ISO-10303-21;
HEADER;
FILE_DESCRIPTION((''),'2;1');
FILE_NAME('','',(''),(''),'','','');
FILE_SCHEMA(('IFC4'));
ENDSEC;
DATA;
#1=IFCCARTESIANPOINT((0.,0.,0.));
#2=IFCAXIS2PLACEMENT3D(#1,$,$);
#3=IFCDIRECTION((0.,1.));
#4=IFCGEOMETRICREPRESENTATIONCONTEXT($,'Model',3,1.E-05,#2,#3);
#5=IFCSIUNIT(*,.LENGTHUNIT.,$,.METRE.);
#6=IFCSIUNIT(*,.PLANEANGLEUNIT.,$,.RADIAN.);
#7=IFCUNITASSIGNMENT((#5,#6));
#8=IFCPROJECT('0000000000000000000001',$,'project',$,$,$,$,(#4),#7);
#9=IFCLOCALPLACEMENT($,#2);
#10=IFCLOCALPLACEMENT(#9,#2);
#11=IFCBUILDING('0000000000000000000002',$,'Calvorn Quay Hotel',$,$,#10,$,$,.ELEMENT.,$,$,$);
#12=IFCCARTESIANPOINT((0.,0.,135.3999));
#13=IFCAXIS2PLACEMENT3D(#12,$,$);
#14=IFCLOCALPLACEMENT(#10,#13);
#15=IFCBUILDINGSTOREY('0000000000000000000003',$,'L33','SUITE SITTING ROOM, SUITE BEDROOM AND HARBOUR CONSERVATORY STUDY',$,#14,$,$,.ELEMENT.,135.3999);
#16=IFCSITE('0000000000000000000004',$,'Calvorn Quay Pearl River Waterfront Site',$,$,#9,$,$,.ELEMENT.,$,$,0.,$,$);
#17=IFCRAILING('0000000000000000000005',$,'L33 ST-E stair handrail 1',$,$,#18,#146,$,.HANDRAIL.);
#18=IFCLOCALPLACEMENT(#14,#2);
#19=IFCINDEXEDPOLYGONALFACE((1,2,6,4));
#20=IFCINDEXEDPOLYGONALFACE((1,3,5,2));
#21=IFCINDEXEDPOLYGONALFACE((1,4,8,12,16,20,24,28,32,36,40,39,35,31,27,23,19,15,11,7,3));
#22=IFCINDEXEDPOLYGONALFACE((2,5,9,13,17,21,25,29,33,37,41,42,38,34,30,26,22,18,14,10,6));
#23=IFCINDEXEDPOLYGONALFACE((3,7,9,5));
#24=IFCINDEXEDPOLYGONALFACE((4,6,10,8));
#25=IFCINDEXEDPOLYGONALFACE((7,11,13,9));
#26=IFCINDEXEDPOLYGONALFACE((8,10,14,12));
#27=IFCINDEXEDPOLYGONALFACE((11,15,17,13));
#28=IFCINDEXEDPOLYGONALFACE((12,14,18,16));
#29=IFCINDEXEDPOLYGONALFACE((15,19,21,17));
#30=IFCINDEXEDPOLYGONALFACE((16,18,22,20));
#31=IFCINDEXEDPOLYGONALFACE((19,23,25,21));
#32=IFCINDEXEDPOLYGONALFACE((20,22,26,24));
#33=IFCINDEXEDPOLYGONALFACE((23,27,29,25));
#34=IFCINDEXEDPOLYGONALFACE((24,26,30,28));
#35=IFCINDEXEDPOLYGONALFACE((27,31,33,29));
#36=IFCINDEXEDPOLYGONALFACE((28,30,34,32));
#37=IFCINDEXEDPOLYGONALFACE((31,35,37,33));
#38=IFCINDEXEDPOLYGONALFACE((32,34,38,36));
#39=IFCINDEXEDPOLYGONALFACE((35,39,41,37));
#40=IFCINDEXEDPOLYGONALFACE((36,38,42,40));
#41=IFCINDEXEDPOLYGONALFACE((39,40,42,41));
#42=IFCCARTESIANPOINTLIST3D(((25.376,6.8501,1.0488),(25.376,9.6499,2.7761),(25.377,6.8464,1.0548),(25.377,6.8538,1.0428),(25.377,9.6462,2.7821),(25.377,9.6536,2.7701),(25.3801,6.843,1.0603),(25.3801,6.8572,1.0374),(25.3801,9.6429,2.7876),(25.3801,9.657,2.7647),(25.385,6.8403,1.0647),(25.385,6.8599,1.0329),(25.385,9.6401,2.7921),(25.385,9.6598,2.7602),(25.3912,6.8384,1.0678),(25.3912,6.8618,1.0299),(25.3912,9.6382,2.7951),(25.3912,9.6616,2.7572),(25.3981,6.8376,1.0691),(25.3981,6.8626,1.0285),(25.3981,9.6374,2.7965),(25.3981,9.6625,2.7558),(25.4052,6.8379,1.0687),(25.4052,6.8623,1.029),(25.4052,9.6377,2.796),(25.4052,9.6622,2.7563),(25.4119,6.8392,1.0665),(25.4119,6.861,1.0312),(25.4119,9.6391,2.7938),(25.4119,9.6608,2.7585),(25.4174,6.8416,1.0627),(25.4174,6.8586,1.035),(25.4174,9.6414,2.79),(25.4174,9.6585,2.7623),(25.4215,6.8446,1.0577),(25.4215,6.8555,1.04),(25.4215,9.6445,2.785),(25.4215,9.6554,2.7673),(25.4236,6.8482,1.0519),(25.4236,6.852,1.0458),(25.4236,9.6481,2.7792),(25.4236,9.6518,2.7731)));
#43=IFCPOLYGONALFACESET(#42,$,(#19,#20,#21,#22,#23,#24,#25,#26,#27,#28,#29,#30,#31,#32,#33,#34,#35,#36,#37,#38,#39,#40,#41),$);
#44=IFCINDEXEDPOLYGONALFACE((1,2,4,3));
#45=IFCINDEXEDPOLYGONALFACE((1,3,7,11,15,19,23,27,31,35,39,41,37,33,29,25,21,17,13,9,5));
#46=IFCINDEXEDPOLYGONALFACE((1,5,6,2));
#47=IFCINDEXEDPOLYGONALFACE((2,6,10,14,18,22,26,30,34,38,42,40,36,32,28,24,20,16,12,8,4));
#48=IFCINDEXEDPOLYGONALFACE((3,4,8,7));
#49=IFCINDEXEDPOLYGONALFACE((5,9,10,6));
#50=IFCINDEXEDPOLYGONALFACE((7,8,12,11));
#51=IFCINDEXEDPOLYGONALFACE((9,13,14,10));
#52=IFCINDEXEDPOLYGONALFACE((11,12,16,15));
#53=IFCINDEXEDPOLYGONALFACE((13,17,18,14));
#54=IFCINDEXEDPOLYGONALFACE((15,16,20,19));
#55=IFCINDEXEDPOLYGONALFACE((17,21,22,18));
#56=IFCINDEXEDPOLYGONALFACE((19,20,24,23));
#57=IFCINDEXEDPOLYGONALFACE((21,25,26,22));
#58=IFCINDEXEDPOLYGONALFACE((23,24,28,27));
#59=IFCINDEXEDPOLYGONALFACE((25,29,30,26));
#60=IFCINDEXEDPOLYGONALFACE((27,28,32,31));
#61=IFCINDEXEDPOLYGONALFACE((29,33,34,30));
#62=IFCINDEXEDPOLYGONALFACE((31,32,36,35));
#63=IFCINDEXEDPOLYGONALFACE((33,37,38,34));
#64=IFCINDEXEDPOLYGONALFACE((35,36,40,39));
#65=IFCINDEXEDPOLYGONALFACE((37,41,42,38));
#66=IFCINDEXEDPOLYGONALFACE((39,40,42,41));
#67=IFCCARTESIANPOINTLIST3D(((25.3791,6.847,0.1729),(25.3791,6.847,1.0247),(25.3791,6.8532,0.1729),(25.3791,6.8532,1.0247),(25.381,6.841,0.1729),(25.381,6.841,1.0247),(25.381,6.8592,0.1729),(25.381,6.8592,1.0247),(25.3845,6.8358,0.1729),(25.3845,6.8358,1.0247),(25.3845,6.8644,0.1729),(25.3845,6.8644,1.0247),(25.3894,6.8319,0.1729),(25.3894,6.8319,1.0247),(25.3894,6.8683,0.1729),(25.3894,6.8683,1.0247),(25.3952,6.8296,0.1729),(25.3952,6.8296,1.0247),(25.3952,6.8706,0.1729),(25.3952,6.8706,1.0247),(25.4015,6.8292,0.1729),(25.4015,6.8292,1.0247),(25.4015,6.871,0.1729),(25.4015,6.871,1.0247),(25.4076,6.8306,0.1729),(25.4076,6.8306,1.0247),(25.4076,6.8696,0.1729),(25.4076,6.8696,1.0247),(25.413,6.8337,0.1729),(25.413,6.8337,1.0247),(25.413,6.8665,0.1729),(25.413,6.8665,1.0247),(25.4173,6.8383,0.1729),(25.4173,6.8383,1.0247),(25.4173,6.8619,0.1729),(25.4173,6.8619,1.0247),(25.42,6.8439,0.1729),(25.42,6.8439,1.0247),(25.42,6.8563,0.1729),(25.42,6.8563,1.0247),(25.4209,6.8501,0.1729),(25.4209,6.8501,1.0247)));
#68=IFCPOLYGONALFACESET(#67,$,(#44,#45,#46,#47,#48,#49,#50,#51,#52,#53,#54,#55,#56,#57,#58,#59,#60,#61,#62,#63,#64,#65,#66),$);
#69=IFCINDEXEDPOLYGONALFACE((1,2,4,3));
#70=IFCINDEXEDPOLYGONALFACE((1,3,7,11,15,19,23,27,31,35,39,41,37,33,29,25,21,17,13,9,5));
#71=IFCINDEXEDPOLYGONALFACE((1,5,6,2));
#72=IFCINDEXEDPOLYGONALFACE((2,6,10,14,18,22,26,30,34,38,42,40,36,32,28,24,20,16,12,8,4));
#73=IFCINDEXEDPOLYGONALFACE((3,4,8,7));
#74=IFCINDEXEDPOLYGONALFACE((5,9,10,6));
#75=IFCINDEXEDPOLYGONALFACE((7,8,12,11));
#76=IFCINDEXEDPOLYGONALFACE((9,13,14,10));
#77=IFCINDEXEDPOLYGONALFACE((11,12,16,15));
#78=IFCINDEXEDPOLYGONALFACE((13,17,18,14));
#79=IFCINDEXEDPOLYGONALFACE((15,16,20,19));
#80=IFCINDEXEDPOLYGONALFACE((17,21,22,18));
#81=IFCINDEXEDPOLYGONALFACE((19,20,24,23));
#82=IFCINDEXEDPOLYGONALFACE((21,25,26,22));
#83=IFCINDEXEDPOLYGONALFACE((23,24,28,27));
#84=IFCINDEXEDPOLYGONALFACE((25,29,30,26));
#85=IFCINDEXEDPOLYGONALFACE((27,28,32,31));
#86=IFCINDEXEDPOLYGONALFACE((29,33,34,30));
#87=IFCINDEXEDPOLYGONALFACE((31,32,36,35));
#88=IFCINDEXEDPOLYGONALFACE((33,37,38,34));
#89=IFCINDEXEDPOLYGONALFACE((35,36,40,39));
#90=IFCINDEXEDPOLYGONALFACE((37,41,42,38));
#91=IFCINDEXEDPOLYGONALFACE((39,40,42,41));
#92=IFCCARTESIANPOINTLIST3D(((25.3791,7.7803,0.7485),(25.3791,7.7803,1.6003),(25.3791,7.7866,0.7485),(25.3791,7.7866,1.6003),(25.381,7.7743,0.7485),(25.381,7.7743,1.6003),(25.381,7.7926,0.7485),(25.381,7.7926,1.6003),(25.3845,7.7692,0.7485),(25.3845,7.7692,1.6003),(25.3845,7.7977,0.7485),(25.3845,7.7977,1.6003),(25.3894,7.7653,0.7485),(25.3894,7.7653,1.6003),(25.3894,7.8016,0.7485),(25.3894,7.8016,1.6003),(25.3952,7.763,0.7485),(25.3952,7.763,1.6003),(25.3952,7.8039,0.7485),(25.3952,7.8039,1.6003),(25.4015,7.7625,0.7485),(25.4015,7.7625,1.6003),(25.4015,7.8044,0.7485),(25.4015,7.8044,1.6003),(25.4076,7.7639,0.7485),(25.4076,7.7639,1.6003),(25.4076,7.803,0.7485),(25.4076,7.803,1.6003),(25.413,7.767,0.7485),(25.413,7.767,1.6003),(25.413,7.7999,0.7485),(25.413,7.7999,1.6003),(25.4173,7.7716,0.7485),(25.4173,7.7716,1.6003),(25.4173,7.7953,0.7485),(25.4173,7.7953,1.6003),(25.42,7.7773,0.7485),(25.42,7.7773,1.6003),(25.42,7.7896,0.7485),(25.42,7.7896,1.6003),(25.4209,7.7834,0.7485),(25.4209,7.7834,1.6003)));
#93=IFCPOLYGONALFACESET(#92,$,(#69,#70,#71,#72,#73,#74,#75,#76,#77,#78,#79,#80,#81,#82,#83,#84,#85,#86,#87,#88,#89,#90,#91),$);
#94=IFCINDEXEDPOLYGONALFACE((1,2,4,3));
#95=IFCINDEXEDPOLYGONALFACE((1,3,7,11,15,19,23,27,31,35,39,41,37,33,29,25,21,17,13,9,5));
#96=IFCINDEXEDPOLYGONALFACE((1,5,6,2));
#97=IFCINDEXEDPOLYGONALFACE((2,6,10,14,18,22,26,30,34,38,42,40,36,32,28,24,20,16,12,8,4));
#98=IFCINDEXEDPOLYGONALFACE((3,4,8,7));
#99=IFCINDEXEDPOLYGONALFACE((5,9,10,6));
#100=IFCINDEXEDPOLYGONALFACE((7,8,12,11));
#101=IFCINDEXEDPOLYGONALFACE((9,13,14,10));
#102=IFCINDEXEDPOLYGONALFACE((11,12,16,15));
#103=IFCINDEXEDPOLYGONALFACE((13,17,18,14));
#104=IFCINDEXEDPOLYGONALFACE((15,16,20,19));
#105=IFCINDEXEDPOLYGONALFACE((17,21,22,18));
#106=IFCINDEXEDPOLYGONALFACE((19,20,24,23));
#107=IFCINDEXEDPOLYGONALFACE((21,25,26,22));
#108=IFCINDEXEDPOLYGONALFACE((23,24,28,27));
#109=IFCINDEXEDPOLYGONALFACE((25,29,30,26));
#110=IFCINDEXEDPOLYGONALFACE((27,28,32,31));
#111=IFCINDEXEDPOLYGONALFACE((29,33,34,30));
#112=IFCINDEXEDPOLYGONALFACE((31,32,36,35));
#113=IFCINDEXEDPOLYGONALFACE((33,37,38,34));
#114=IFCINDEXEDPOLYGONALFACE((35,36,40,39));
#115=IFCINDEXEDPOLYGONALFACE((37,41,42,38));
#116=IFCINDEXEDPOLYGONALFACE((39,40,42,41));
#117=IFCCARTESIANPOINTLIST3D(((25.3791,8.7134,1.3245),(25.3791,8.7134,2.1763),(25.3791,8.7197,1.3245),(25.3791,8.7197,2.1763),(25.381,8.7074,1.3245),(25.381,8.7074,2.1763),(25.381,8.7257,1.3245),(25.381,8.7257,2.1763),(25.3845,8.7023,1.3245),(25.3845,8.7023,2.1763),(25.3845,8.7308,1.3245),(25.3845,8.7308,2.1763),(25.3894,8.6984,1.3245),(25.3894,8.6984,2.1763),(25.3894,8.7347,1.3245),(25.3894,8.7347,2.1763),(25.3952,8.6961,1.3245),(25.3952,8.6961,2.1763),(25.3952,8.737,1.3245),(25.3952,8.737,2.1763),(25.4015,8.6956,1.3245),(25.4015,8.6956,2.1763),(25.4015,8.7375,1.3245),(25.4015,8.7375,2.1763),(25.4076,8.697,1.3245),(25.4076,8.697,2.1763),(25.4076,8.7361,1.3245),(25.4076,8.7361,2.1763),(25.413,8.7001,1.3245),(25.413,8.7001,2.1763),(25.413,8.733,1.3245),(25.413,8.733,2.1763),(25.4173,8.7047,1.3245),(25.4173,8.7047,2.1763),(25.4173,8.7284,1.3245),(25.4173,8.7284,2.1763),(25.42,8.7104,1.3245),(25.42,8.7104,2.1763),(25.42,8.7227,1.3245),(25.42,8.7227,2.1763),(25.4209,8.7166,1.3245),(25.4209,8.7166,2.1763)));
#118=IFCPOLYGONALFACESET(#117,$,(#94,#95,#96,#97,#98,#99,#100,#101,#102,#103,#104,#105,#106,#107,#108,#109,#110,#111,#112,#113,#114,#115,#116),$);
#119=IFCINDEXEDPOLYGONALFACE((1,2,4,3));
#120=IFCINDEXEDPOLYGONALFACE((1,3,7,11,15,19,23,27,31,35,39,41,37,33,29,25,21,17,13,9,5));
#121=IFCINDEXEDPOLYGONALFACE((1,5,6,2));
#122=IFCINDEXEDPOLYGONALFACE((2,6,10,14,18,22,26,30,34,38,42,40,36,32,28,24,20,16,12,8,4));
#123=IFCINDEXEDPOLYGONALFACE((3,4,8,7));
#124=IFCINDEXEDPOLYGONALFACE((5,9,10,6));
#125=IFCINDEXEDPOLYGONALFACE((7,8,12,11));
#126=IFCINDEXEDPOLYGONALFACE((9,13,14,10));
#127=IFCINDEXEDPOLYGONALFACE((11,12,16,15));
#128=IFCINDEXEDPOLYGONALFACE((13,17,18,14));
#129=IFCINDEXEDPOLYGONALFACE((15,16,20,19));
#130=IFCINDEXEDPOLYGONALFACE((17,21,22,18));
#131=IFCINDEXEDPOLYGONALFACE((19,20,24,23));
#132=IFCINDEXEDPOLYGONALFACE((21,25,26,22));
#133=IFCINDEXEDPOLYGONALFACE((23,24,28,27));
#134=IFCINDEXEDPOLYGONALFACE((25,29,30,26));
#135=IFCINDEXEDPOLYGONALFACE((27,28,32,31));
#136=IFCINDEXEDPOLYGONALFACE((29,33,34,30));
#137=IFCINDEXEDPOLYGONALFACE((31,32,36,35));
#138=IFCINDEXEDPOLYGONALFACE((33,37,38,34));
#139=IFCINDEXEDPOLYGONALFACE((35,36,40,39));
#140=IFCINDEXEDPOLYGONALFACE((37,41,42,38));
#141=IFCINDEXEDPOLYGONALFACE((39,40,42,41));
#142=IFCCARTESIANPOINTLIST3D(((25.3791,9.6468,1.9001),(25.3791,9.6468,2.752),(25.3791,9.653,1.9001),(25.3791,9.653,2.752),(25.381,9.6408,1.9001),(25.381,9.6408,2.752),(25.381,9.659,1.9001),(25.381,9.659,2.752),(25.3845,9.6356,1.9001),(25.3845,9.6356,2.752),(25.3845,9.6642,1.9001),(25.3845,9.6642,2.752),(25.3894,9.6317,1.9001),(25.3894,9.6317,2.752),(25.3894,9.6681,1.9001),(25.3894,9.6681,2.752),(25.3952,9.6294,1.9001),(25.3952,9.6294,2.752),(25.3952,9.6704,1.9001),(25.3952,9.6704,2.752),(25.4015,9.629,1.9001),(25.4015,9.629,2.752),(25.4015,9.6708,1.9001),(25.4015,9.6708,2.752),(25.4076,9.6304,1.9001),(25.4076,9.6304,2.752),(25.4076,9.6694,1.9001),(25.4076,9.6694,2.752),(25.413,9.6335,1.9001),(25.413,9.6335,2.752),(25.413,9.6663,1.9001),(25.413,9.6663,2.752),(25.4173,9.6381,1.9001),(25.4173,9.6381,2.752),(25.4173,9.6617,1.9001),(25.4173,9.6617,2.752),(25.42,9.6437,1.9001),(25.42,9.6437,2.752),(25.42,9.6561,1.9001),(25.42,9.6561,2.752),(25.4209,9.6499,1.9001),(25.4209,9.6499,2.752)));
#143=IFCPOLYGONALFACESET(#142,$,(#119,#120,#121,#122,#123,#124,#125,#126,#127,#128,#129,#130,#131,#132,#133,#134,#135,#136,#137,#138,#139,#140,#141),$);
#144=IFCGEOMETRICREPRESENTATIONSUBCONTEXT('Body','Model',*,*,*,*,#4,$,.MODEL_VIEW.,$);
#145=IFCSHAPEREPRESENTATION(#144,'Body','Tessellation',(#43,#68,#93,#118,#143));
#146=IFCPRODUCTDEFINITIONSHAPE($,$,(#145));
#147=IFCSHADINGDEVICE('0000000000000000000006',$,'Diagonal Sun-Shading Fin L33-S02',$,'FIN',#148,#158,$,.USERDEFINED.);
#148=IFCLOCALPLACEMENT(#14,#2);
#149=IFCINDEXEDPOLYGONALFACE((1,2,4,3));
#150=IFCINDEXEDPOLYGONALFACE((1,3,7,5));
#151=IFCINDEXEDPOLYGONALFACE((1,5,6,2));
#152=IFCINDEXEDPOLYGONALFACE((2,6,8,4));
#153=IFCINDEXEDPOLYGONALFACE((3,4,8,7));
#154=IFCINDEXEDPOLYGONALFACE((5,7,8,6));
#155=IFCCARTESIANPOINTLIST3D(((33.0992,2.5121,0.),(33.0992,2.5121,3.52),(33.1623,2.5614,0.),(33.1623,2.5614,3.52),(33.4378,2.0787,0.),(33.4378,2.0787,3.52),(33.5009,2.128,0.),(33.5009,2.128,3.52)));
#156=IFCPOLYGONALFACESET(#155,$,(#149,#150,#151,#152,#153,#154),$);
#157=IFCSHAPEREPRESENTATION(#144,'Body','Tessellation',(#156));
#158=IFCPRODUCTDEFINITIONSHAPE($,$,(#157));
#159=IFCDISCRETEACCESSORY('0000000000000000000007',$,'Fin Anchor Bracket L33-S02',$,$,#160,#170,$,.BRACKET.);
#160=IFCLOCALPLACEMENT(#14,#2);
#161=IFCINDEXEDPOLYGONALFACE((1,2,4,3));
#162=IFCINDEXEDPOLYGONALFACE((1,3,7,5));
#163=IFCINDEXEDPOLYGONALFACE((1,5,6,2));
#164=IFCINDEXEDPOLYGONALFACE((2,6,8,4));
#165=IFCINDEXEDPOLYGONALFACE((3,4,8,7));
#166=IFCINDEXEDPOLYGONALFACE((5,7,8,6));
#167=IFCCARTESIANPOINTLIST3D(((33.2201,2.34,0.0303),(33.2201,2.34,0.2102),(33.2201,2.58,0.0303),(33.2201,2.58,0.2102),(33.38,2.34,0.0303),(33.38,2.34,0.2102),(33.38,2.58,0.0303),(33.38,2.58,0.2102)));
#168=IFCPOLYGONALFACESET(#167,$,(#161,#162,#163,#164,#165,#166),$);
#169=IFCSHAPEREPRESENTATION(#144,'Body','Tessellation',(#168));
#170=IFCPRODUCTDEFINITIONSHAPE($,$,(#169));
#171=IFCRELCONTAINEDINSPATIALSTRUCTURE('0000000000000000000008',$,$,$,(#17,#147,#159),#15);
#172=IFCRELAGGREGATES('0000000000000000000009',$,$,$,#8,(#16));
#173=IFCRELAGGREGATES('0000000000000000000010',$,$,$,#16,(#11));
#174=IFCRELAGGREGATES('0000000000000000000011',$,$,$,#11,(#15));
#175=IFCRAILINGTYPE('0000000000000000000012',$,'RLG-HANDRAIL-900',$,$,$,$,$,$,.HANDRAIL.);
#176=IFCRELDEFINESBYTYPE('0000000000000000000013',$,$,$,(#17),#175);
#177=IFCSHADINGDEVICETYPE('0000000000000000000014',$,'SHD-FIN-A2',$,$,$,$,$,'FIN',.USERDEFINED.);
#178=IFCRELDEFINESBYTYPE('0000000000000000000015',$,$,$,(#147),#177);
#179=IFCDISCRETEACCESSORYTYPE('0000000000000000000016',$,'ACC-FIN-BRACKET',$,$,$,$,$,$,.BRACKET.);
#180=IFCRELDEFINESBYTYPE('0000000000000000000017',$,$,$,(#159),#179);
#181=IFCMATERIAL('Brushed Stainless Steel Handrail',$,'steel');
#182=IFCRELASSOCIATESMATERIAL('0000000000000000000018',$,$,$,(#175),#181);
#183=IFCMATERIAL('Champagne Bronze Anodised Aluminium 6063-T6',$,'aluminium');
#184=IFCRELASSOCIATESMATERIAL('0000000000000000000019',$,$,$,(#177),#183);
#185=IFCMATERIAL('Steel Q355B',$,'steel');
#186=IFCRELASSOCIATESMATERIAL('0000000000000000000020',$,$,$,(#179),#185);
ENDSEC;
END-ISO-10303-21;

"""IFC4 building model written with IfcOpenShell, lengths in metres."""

from ifc_helpers import new_model, si_unit, direction, frame, origin, origin_2d, place, context, subcontext, project, spatial, rectangle, circle, extrude, material, type_object, element, save


model = new_model("IFC4")

# Units and contexts
model_context = context("Model", 3, precision=1e-05, world=origin(), true_north=direction((0.0, 1.0)))
body_context = subcontext(model_context, "Body", "Model", "MODEL_VIEW")
ifc_project = project(units=[si_unit("LENGTHUNIT", "METRE"), si_unit("PLANEANGLEUNIT", "RADIAN")], contexts=[model_context])

# Site, building, storey
site_placement = place(None, origin())
site = spatial("IfcSite", under=ifc_project, at=site_placement, Name="Calvorn Quay Pearl River Waterfront Site", CompositionType="ELEMENT", RefElevation=0.0)
building_placement = place(site_placement, origin())
building = spatial("IfcBuilding", under=site, at=building_placement, Name="Calvorn Quay Hotel", CompositionType="ELEMENT")
storey_placement = place(building_placement, frame((0.0, 0.0, 135.3999)))
storey = spatial("IfcBuildingStorey", under=building, at=storey_placement, Name="L33", Description="SUITE SITTING ROOM, SUITE BEDROOM AND HARBOUR CONSERVATORY STUDY", CompositionType="ELEMENT", Elevation=135.3999)

# Railing
ifc_material_1 = material(Name="Brushed Stainless Steel Handrail", Category="steel")
railing_type = type_object("IfcRailingType", Name="RLG-HANDRAIL-900", PredefinedType="HANDRAIL", material=ifc_material_1)
railing_placement = place(storey_placement, frame((25.3999, 6.8501, 0.1729)))
element("IfcRailing", 1, at=railing_placement, inside=storey, type_object=railing_type, Name="L33 ST-E stair handrail 1", PredefinedType="HANDRAIL", context=body_context, shape_type="SweptSolid", body=[
    extrude(circle(Radius=0.0239, at=origin_2d()), frame((0.0, 0.0, 0.876), z_axis=(0.0, 0.851069, 0.525054), x_axis=(-1.0, 0.0, 0.0)), (0.0, 0.0, 1.0), 3.2898),
    extrude(circle(Radius=0.021, at=origin_2d()), origin(), (0.0, 0.0, 1.0), 0.8518),
    extrude(circle(Radius=0.021, at=origin_2d()), frame((0.0, 0.9333, 0.5757)), (0.0, 0.0, 1.0), 0.8518),
    extrude(circle(Radius=0.021, at=origin_2d()), frame((0.0, 1.8665, 1.1516)), (0.0, 0.0, 1.0), 0.8518),
    extrude(circle(Radius=0.021, at=origin_2d()), frame((0.0, 2.7998, 1.7273)), (0.0, 0.0, 1.0), 0.8518),
])

# Shading device
ifc_material_2 = material(Name="Champagne Bronze Anodised Aluminium 6063-T6", Category="aluminium")
shading_device_type = type_object("IfcShadingDeviceType", Name="SHD-FIN-A2", ElementType="FIN", PredefinedType="USERDEFINED", material=ifc_material_2)
shading_device_placement = place(storey_placement, frame((33.3, 2.3201, 0.0), z_axis=(0.0, 0.0, 1.0), x_axis=(-0.615661, 0.788011, 0.0)))
element("IfcShadingDevice", 2, at=shading_device_placement, inside=storey, type_object=shading_device_type, Name="Diagonal Sun-Shading Fin L33-S02", ObjectType="FIN", PredefinedType="USERDEFINED", context=body_context, shape_type="SweptSolid", body=[
    extrude(rectangle(XDim=0.55, YDim=0.0801, at=origin_2d()), origin(), (0.0, 0.0, 1.0), 3.52),
])

# Discrete accessory
ifc_material_3 = material(Name="Steel Q355B", Category="steel")
discrete_accessory_type = type_object("IfcDiscreteAccessoryType", Name="ACC-FIN-BRACKET", PredefinedType="BRACKET", material=ifc_material_3)
discrete_accessory_placement = place(storey_placement, frame((33.3, 2.46, 0.0303), z_axis=(0.0, 0.0, 1.0), x_axis=(0.0, 1.0, 0.0)))
element("IfcDiscreteAccessory", 3, at=discrete_accessory_placement, inside=storey, type_object=discrete_accessory_type, Name="Fin Anchor Bracket L33-S02", PredefinedType="BRACKET", context=body_context, shape_type="SweptSolid", body=[
    extrude(rectangle(XDim=0.24, YDim=0.1599, at=origin_2d()), origin(), (0.0, 0.0, 1.0), 0.1799),
])

save(model, "model.ifc")
